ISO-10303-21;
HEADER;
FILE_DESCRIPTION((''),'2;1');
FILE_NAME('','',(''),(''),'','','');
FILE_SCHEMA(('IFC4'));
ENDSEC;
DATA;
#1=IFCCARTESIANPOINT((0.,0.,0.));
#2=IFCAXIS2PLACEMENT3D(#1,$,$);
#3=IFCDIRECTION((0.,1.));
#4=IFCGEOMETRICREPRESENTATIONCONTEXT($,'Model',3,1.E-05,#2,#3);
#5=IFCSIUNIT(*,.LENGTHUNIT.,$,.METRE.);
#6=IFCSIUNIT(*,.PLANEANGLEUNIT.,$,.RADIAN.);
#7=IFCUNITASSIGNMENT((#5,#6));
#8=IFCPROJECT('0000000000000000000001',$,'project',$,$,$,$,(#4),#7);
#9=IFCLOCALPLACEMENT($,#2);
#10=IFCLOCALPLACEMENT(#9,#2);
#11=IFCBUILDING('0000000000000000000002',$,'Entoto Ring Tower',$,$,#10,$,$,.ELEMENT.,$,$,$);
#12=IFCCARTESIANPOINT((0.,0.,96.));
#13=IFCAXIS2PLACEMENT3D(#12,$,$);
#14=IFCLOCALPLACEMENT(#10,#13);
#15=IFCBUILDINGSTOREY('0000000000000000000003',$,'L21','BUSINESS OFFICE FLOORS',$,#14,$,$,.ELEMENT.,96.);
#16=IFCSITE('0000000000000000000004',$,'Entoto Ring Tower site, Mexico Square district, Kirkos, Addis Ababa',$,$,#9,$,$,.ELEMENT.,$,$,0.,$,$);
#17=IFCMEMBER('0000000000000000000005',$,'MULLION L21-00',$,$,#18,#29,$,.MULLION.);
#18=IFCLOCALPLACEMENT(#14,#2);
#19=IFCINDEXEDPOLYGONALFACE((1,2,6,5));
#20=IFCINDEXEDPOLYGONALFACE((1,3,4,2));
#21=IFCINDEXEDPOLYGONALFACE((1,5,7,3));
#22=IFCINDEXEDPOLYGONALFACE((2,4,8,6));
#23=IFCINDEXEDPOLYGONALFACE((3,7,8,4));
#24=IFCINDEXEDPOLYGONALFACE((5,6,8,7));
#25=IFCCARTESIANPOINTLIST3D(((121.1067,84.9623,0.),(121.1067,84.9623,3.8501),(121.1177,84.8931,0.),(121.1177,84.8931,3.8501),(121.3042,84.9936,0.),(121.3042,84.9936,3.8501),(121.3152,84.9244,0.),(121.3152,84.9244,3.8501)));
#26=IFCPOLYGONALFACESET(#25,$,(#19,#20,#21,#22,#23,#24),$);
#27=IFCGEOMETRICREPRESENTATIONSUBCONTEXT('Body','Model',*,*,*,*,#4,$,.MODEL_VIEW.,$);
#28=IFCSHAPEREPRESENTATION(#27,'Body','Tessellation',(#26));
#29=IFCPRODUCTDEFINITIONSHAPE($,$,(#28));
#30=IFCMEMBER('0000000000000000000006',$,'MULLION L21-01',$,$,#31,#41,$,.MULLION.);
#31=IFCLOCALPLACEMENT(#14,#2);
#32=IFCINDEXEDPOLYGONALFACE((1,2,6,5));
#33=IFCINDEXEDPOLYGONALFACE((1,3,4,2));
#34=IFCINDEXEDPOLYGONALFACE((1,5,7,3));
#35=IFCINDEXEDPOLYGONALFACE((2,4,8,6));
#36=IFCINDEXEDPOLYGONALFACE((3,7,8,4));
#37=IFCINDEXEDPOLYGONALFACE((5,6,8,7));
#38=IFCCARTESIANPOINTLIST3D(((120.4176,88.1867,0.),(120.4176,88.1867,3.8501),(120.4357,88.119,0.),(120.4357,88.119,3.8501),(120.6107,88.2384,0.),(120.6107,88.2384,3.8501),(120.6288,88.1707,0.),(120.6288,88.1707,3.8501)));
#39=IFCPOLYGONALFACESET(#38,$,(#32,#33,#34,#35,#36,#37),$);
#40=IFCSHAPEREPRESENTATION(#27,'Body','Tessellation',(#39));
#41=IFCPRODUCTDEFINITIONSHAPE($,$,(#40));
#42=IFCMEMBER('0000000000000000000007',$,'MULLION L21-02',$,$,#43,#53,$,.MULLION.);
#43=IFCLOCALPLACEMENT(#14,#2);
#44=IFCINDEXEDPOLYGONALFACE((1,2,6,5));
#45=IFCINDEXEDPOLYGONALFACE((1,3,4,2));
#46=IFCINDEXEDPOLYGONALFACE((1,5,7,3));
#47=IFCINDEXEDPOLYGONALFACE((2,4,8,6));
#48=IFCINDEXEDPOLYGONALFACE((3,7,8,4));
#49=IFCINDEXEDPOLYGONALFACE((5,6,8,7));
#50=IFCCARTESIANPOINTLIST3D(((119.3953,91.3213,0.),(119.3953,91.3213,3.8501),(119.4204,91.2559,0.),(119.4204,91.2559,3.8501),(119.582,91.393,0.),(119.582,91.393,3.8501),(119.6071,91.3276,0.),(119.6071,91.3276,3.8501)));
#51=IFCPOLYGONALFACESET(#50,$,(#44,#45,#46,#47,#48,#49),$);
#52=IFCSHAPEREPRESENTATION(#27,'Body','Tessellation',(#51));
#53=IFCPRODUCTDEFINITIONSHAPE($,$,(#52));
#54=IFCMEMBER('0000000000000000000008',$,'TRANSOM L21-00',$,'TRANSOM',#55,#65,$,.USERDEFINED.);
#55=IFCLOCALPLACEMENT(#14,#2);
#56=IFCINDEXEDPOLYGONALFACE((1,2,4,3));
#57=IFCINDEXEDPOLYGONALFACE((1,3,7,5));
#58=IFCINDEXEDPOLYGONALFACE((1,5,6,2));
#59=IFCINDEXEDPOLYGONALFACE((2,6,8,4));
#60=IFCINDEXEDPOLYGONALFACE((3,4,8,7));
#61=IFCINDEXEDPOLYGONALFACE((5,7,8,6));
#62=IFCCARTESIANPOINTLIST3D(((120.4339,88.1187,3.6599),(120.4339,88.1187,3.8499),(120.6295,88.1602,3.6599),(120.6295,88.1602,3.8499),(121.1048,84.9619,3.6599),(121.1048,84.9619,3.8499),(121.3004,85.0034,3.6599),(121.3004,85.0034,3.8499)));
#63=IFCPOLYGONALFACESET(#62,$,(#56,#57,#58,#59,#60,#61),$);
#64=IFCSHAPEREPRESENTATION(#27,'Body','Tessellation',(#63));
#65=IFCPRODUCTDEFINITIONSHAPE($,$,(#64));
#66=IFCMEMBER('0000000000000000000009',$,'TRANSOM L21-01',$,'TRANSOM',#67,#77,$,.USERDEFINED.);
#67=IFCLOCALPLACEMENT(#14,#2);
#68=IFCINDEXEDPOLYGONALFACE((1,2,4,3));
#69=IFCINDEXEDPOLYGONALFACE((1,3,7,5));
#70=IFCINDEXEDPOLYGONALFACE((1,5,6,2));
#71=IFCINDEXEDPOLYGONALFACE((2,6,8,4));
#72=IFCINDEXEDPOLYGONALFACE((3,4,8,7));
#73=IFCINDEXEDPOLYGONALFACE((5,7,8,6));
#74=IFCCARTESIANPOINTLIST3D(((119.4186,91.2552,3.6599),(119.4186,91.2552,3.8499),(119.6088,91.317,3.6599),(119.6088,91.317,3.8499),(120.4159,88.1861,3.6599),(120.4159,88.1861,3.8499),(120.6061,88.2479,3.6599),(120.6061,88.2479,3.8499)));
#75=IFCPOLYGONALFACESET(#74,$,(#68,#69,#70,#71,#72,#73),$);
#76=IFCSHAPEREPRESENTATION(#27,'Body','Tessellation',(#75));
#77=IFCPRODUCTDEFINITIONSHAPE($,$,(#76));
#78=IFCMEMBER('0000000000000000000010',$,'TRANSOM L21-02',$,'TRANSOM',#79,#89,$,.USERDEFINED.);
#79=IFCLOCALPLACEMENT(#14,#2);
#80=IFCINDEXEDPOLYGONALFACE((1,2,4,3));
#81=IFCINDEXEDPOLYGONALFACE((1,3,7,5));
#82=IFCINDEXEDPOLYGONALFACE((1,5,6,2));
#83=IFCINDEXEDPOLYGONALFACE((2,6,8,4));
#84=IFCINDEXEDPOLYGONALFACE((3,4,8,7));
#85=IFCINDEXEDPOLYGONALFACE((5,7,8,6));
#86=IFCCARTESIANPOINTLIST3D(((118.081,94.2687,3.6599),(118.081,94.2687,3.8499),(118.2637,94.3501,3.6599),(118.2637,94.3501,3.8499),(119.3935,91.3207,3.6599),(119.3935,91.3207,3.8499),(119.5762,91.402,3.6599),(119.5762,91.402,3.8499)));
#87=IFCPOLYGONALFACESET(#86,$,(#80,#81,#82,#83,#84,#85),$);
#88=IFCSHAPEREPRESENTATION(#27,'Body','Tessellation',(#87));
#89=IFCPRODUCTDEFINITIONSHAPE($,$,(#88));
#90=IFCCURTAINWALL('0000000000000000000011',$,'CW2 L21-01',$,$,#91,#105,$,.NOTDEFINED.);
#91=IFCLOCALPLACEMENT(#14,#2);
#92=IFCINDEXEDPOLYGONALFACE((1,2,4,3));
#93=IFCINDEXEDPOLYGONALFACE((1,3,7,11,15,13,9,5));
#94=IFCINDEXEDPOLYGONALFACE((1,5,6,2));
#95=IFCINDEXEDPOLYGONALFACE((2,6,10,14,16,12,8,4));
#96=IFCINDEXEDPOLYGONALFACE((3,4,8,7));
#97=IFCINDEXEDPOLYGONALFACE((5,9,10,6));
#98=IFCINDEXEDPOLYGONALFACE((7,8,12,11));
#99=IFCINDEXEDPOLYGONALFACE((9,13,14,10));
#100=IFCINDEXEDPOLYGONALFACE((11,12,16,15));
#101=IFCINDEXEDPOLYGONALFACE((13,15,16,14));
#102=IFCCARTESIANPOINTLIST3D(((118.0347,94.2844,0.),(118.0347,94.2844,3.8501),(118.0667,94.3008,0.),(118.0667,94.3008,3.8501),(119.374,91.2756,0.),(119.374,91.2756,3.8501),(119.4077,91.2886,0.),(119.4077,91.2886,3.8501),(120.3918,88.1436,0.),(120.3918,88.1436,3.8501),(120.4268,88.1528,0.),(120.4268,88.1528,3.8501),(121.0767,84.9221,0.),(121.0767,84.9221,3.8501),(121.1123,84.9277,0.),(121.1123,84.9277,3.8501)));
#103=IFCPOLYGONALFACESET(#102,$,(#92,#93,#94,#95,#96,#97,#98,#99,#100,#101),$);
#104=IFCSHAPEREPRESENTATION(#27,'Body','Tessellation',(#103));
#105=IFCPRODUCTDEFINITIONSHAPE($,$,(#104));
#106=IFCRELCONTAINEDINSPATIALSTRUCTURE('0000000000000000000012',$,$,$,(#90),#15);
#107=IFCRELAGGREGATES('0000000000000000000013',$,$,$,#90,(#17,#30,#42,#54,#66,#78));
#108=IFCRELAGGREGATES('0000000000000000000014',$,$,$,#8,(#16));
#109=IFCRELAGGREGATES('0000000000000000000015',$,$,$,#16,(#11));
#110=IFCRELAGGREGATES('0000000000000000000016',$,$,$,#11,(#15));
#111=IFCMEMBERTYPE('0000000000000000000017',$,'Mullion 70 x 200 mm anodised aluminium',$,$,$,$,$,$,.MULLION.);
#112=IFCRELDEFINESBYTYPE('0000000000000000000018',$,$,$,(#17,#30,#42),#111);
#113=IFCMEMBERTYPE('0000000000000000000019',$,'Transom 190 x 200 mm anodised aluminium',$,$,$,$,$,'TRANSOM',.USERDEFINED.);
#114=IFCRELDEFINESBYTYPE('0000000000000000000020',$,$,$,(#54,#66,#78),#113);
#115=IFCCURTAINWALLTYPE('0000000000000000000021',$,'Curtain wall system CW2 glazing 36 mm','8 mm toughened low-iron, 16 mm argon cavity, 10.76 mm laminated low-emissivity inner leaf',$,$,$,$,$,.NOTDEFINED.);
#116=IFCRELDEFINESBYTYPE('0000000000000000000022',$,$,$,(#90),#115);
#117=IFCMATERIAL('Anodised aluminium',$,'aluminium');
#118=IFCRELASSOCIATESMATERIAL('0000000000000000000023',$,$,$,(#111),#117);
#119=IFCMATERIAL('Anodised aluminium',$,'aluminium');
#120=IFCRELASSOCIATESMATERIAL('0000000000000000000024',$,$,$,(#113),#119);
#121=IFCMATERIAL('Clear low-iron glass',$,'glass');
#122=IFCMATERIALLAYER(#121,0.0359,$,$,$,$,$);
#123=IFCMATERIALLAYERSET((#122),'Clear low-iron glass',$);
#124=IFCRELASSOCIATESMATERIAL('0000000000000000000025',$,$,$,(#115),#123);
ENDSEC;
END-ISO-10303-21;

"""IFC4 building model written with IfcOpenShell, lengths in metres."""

from ifc_helpers import new_model, si_unit, direction, frame, origin, origin_2d, place, context, subcontext, project, spatial, polyline, rectangle, outline, extrude, material, layer, layer_set, material_profile, profile_set, type_object, element, aggregate, save


model = new_model("IFC4")

# Units and contexts
model_context = context("Model", 3, precision=1e-05, world=origin(), true_north=direction((0.0, 1.0)))
body_context = subcontext(model_context, "Body", "Model", "MODEL_VIEW")
ifc_project = project(units=[si_unit("LENGTHUNIT", "METRE"), si_unit("PLANEANGLEUNIT", "RADIAN")], contexts=[model_context])

# Members
ifc_material_1 = material(Name="Anodised aluminium", Category="aluminium")
ifc_material_profile_1 = material_profile(ifc_material_1, rectangle(XDim=0.0701, YDim=0.2, at=origin_2d()), Name="Mullion 70 x 200 mm anodised aluminium")
ifc_profile_set_1 = profile_set([ifc_material_profile_1], Name="Anodised aluminium")
member_type_1 = type_object("IfcMemberType", Name="Mullion 70 x 200 mm anodised aluminium", PredefinedType="MULLION", material=ifc_profile_set_1)
site_placement = place(None, origin())
building_placement = place(site_placement, origin())
storey_placement = place(building_placement, frame((0.0, 0.0, 96.0)))
member_1_placement = place(storey_placement, frame((121.2109, 84.9434, 0.0), z_axis=(0.0, 0.0, 1.0), x_axis=(-0.156434, 0.987688, 0.0)))
member_1 = element("IfcMember", 1, at=member_1_placement, type_object=member_type_1, Name="MULLION L21-00", PredefinedType="MULLION", context=body_context, shape_type="SweptSolid", body=[
    extrude(rectangle(XDim=0.0701, YDim=0.2, at=origin_2d()), origin(), (0.0, 0.0, 1.0), 3.8501),
])
member_2_placement = place(storey_placement, frame((120.5232, 88.1787, 0.0), z_axis=(0.0, 0.0, 1.0), x_axis=(-0.258819, 0.965926, 0.0)))
member_2 = element("IfcMember", 2, at=member_2_placement, type_object=member_type_1, Name="MULLION L21-01", PredefinedType="MULLION", context=body_context, shape_type="SweptSolid", body=[
    extrude(rectangle(XDim=0.0701, YDim=0.2, at=origin_2d()), origin(), (0.0, 0.0, 1.0), 3.8501),
])
member_3_placement = place(storey_placement, frame((119.5012, 91.3245, 0.0), z_axis=(0.0, 0.0, 1.0), x_axis=(-0.358368, 0.93358, 0.0)))
member_3 = element("IfcMember", 3, at=member_3_placement, type_object=member_type_1, Name="MULLION L21-02", PredefinedType="MULLION", context=body_context, shape_type="SweptSolid", body=[
    extrude(rectangle(XDim=0.0701, YDim=0.2, at=origin_2d()), origin(), (0.0, 0.0, 1.0), 3.8501),
])
ifc_material_2 = material(Name="Anodised aluminium", Category="aluminium")
ifc_material_profile_2 = material_profile(ifc_material_2, rectangle(XDim=0.2, YDim=0.1899, at=origin_2d()), Name="Transom 190 x 200 mm anodised aluminium")
ifc_profile_set_2 = profile_set([ifc_material_profile_2], Name="Anodised aluminium")
member_type_2 = type_object("IfcMemberType", Name="Transom 190 x 200 mm anodised aluminium", ElementType="TRANSOM", PredefinedType="USERDEFINED", material=ifc_profile_set_2)
member_4_placement = place(storey_placement, frame((121.2026, 84.9827, 3.7549), z_axis=(-0.207886, 0.978153, 0.0), x_axis=(-0.978153, -0.207886, 0.0)))
member_4 = element("IfcMember", 4, at=member_4_placement, type_object=member_type_2, Name="TRANSOM L21-00", ObjectType="TRANSOM", PredefinedType="USERDEFINED", context=body_context, shape_type="SweptSolid", body=[
    extrude(rectangle(XDim=0.2, YDim=0.1899, at=origin_2d()), origin(), (0.0, 0.0, 1.0), 3.2273),
])
member_5_placement = place(storey_placement, frame((120.511, 88.217, 3.7549), z_axis=(-0.309047, 0.951047, 0.0), x_axis=(-0.951047, -0.309047, 0.0)))
member_5 = element("IfcMember", 5, at=member_5_placement, type_object=member_type_2, Name="TRANSOM L21-01", ObjectType="TRANSOM", PredefinedType="USERDEFINED", context=body_context, shape_type="SweptSolid", body=[
    extrude(rectangle(XDim=0.2, YDim=0.1899, at=origin_2d()), origin(), (0.0, 0.0, 1.0), 3.2271),
])
member_6_placement = place(storey_placement, frame((119.4849, 91.3613, 3.7549), z_axis=(-0.406728, 0.913549, 0.0), x_axis=(-0.913549, -0.406728, 0.0)))
member_6 = element("IfcMember", 6, at=member_6_placement, type_object=member_type_2, Name="TRANSOM L21-02", ObjectType="TRANSOM", PredefinedType="USERDEFINED", context=body_context, shape_type="SweptSolid", body=[
    extrude(rectangle(XDim=0.2, YDim=0.1899, at=origin_2d()), origin(), (0.0, 0.0, 1.0), 3.2271),
])

# Site, building, storey
site = spatial("IfcSite", under=ifc_project, at=site_placement, Name="Entoto Ring Tower site, Mexico Square district, Kirkos, Addis Ababa", CompositionType="ELEMENT", RefElevation=0.0)
building = spatial("IfcBuilding", under=site, at=building_placement, Name="Entoto Ring Tower", CompositionType="ELEMENT")
storey = spatial("IfcBuildingStorey", under=building, at=storey_placement, Name="L21", Description="BUSINESS OFFICE FLOORS", CompositionType="ELEMENT", Elevation=96.0)

# Curtain wall
ifc_material_3 = material(Name="Clear low-iron glass", Category="glass")
ifc_layer_1 = layer(ifc_material_3, 0.0359)
ifc_layer_set_1 = layer_set([ifc_layer_1], Name="Clear low-iron glass")
curtain_wall_type = type_object("IfcCurtainWallType", Name="Curtain wall system CW2 glazing 36 mm", Description="8 mm toughened low-iron, 16 mm argon cavity, 10.76 mm laminated low-emissivity inner leaf", PredefinedType="NOTDEFINED", material=ifc_layer_set_1)
curtain_wall_1_placement = place(storey_placement, origin())
curtain_wall_1 = element("IfcCurtainWall", 7, at=curtain_wall_1_placement, inside=storey, type_object=curtain_wall_type, Name="CW2 L21-01", PredefinedType="NOTDEFINED", context=body_context, shape_type="SweptSolid", body=[
    extrude(outline(polyline([(121.1123, 84.9277), (120.4268, 88.1528), (119.4077, 91.2886), (118.0667, 94.3008), (118.0347, 94.2844), (119.374, 91.2756), (120.3918, 88.1436), (121.0767, 84.9221), (121.1123, 84.9277)])), origin(), (0.0, 0.0, 1.0), 3.8501),
])
aggregate(curtain_wall_1, [member_1, member_2, member_3, member_4, member_5, member_6])

save(model, "model.ifc")
